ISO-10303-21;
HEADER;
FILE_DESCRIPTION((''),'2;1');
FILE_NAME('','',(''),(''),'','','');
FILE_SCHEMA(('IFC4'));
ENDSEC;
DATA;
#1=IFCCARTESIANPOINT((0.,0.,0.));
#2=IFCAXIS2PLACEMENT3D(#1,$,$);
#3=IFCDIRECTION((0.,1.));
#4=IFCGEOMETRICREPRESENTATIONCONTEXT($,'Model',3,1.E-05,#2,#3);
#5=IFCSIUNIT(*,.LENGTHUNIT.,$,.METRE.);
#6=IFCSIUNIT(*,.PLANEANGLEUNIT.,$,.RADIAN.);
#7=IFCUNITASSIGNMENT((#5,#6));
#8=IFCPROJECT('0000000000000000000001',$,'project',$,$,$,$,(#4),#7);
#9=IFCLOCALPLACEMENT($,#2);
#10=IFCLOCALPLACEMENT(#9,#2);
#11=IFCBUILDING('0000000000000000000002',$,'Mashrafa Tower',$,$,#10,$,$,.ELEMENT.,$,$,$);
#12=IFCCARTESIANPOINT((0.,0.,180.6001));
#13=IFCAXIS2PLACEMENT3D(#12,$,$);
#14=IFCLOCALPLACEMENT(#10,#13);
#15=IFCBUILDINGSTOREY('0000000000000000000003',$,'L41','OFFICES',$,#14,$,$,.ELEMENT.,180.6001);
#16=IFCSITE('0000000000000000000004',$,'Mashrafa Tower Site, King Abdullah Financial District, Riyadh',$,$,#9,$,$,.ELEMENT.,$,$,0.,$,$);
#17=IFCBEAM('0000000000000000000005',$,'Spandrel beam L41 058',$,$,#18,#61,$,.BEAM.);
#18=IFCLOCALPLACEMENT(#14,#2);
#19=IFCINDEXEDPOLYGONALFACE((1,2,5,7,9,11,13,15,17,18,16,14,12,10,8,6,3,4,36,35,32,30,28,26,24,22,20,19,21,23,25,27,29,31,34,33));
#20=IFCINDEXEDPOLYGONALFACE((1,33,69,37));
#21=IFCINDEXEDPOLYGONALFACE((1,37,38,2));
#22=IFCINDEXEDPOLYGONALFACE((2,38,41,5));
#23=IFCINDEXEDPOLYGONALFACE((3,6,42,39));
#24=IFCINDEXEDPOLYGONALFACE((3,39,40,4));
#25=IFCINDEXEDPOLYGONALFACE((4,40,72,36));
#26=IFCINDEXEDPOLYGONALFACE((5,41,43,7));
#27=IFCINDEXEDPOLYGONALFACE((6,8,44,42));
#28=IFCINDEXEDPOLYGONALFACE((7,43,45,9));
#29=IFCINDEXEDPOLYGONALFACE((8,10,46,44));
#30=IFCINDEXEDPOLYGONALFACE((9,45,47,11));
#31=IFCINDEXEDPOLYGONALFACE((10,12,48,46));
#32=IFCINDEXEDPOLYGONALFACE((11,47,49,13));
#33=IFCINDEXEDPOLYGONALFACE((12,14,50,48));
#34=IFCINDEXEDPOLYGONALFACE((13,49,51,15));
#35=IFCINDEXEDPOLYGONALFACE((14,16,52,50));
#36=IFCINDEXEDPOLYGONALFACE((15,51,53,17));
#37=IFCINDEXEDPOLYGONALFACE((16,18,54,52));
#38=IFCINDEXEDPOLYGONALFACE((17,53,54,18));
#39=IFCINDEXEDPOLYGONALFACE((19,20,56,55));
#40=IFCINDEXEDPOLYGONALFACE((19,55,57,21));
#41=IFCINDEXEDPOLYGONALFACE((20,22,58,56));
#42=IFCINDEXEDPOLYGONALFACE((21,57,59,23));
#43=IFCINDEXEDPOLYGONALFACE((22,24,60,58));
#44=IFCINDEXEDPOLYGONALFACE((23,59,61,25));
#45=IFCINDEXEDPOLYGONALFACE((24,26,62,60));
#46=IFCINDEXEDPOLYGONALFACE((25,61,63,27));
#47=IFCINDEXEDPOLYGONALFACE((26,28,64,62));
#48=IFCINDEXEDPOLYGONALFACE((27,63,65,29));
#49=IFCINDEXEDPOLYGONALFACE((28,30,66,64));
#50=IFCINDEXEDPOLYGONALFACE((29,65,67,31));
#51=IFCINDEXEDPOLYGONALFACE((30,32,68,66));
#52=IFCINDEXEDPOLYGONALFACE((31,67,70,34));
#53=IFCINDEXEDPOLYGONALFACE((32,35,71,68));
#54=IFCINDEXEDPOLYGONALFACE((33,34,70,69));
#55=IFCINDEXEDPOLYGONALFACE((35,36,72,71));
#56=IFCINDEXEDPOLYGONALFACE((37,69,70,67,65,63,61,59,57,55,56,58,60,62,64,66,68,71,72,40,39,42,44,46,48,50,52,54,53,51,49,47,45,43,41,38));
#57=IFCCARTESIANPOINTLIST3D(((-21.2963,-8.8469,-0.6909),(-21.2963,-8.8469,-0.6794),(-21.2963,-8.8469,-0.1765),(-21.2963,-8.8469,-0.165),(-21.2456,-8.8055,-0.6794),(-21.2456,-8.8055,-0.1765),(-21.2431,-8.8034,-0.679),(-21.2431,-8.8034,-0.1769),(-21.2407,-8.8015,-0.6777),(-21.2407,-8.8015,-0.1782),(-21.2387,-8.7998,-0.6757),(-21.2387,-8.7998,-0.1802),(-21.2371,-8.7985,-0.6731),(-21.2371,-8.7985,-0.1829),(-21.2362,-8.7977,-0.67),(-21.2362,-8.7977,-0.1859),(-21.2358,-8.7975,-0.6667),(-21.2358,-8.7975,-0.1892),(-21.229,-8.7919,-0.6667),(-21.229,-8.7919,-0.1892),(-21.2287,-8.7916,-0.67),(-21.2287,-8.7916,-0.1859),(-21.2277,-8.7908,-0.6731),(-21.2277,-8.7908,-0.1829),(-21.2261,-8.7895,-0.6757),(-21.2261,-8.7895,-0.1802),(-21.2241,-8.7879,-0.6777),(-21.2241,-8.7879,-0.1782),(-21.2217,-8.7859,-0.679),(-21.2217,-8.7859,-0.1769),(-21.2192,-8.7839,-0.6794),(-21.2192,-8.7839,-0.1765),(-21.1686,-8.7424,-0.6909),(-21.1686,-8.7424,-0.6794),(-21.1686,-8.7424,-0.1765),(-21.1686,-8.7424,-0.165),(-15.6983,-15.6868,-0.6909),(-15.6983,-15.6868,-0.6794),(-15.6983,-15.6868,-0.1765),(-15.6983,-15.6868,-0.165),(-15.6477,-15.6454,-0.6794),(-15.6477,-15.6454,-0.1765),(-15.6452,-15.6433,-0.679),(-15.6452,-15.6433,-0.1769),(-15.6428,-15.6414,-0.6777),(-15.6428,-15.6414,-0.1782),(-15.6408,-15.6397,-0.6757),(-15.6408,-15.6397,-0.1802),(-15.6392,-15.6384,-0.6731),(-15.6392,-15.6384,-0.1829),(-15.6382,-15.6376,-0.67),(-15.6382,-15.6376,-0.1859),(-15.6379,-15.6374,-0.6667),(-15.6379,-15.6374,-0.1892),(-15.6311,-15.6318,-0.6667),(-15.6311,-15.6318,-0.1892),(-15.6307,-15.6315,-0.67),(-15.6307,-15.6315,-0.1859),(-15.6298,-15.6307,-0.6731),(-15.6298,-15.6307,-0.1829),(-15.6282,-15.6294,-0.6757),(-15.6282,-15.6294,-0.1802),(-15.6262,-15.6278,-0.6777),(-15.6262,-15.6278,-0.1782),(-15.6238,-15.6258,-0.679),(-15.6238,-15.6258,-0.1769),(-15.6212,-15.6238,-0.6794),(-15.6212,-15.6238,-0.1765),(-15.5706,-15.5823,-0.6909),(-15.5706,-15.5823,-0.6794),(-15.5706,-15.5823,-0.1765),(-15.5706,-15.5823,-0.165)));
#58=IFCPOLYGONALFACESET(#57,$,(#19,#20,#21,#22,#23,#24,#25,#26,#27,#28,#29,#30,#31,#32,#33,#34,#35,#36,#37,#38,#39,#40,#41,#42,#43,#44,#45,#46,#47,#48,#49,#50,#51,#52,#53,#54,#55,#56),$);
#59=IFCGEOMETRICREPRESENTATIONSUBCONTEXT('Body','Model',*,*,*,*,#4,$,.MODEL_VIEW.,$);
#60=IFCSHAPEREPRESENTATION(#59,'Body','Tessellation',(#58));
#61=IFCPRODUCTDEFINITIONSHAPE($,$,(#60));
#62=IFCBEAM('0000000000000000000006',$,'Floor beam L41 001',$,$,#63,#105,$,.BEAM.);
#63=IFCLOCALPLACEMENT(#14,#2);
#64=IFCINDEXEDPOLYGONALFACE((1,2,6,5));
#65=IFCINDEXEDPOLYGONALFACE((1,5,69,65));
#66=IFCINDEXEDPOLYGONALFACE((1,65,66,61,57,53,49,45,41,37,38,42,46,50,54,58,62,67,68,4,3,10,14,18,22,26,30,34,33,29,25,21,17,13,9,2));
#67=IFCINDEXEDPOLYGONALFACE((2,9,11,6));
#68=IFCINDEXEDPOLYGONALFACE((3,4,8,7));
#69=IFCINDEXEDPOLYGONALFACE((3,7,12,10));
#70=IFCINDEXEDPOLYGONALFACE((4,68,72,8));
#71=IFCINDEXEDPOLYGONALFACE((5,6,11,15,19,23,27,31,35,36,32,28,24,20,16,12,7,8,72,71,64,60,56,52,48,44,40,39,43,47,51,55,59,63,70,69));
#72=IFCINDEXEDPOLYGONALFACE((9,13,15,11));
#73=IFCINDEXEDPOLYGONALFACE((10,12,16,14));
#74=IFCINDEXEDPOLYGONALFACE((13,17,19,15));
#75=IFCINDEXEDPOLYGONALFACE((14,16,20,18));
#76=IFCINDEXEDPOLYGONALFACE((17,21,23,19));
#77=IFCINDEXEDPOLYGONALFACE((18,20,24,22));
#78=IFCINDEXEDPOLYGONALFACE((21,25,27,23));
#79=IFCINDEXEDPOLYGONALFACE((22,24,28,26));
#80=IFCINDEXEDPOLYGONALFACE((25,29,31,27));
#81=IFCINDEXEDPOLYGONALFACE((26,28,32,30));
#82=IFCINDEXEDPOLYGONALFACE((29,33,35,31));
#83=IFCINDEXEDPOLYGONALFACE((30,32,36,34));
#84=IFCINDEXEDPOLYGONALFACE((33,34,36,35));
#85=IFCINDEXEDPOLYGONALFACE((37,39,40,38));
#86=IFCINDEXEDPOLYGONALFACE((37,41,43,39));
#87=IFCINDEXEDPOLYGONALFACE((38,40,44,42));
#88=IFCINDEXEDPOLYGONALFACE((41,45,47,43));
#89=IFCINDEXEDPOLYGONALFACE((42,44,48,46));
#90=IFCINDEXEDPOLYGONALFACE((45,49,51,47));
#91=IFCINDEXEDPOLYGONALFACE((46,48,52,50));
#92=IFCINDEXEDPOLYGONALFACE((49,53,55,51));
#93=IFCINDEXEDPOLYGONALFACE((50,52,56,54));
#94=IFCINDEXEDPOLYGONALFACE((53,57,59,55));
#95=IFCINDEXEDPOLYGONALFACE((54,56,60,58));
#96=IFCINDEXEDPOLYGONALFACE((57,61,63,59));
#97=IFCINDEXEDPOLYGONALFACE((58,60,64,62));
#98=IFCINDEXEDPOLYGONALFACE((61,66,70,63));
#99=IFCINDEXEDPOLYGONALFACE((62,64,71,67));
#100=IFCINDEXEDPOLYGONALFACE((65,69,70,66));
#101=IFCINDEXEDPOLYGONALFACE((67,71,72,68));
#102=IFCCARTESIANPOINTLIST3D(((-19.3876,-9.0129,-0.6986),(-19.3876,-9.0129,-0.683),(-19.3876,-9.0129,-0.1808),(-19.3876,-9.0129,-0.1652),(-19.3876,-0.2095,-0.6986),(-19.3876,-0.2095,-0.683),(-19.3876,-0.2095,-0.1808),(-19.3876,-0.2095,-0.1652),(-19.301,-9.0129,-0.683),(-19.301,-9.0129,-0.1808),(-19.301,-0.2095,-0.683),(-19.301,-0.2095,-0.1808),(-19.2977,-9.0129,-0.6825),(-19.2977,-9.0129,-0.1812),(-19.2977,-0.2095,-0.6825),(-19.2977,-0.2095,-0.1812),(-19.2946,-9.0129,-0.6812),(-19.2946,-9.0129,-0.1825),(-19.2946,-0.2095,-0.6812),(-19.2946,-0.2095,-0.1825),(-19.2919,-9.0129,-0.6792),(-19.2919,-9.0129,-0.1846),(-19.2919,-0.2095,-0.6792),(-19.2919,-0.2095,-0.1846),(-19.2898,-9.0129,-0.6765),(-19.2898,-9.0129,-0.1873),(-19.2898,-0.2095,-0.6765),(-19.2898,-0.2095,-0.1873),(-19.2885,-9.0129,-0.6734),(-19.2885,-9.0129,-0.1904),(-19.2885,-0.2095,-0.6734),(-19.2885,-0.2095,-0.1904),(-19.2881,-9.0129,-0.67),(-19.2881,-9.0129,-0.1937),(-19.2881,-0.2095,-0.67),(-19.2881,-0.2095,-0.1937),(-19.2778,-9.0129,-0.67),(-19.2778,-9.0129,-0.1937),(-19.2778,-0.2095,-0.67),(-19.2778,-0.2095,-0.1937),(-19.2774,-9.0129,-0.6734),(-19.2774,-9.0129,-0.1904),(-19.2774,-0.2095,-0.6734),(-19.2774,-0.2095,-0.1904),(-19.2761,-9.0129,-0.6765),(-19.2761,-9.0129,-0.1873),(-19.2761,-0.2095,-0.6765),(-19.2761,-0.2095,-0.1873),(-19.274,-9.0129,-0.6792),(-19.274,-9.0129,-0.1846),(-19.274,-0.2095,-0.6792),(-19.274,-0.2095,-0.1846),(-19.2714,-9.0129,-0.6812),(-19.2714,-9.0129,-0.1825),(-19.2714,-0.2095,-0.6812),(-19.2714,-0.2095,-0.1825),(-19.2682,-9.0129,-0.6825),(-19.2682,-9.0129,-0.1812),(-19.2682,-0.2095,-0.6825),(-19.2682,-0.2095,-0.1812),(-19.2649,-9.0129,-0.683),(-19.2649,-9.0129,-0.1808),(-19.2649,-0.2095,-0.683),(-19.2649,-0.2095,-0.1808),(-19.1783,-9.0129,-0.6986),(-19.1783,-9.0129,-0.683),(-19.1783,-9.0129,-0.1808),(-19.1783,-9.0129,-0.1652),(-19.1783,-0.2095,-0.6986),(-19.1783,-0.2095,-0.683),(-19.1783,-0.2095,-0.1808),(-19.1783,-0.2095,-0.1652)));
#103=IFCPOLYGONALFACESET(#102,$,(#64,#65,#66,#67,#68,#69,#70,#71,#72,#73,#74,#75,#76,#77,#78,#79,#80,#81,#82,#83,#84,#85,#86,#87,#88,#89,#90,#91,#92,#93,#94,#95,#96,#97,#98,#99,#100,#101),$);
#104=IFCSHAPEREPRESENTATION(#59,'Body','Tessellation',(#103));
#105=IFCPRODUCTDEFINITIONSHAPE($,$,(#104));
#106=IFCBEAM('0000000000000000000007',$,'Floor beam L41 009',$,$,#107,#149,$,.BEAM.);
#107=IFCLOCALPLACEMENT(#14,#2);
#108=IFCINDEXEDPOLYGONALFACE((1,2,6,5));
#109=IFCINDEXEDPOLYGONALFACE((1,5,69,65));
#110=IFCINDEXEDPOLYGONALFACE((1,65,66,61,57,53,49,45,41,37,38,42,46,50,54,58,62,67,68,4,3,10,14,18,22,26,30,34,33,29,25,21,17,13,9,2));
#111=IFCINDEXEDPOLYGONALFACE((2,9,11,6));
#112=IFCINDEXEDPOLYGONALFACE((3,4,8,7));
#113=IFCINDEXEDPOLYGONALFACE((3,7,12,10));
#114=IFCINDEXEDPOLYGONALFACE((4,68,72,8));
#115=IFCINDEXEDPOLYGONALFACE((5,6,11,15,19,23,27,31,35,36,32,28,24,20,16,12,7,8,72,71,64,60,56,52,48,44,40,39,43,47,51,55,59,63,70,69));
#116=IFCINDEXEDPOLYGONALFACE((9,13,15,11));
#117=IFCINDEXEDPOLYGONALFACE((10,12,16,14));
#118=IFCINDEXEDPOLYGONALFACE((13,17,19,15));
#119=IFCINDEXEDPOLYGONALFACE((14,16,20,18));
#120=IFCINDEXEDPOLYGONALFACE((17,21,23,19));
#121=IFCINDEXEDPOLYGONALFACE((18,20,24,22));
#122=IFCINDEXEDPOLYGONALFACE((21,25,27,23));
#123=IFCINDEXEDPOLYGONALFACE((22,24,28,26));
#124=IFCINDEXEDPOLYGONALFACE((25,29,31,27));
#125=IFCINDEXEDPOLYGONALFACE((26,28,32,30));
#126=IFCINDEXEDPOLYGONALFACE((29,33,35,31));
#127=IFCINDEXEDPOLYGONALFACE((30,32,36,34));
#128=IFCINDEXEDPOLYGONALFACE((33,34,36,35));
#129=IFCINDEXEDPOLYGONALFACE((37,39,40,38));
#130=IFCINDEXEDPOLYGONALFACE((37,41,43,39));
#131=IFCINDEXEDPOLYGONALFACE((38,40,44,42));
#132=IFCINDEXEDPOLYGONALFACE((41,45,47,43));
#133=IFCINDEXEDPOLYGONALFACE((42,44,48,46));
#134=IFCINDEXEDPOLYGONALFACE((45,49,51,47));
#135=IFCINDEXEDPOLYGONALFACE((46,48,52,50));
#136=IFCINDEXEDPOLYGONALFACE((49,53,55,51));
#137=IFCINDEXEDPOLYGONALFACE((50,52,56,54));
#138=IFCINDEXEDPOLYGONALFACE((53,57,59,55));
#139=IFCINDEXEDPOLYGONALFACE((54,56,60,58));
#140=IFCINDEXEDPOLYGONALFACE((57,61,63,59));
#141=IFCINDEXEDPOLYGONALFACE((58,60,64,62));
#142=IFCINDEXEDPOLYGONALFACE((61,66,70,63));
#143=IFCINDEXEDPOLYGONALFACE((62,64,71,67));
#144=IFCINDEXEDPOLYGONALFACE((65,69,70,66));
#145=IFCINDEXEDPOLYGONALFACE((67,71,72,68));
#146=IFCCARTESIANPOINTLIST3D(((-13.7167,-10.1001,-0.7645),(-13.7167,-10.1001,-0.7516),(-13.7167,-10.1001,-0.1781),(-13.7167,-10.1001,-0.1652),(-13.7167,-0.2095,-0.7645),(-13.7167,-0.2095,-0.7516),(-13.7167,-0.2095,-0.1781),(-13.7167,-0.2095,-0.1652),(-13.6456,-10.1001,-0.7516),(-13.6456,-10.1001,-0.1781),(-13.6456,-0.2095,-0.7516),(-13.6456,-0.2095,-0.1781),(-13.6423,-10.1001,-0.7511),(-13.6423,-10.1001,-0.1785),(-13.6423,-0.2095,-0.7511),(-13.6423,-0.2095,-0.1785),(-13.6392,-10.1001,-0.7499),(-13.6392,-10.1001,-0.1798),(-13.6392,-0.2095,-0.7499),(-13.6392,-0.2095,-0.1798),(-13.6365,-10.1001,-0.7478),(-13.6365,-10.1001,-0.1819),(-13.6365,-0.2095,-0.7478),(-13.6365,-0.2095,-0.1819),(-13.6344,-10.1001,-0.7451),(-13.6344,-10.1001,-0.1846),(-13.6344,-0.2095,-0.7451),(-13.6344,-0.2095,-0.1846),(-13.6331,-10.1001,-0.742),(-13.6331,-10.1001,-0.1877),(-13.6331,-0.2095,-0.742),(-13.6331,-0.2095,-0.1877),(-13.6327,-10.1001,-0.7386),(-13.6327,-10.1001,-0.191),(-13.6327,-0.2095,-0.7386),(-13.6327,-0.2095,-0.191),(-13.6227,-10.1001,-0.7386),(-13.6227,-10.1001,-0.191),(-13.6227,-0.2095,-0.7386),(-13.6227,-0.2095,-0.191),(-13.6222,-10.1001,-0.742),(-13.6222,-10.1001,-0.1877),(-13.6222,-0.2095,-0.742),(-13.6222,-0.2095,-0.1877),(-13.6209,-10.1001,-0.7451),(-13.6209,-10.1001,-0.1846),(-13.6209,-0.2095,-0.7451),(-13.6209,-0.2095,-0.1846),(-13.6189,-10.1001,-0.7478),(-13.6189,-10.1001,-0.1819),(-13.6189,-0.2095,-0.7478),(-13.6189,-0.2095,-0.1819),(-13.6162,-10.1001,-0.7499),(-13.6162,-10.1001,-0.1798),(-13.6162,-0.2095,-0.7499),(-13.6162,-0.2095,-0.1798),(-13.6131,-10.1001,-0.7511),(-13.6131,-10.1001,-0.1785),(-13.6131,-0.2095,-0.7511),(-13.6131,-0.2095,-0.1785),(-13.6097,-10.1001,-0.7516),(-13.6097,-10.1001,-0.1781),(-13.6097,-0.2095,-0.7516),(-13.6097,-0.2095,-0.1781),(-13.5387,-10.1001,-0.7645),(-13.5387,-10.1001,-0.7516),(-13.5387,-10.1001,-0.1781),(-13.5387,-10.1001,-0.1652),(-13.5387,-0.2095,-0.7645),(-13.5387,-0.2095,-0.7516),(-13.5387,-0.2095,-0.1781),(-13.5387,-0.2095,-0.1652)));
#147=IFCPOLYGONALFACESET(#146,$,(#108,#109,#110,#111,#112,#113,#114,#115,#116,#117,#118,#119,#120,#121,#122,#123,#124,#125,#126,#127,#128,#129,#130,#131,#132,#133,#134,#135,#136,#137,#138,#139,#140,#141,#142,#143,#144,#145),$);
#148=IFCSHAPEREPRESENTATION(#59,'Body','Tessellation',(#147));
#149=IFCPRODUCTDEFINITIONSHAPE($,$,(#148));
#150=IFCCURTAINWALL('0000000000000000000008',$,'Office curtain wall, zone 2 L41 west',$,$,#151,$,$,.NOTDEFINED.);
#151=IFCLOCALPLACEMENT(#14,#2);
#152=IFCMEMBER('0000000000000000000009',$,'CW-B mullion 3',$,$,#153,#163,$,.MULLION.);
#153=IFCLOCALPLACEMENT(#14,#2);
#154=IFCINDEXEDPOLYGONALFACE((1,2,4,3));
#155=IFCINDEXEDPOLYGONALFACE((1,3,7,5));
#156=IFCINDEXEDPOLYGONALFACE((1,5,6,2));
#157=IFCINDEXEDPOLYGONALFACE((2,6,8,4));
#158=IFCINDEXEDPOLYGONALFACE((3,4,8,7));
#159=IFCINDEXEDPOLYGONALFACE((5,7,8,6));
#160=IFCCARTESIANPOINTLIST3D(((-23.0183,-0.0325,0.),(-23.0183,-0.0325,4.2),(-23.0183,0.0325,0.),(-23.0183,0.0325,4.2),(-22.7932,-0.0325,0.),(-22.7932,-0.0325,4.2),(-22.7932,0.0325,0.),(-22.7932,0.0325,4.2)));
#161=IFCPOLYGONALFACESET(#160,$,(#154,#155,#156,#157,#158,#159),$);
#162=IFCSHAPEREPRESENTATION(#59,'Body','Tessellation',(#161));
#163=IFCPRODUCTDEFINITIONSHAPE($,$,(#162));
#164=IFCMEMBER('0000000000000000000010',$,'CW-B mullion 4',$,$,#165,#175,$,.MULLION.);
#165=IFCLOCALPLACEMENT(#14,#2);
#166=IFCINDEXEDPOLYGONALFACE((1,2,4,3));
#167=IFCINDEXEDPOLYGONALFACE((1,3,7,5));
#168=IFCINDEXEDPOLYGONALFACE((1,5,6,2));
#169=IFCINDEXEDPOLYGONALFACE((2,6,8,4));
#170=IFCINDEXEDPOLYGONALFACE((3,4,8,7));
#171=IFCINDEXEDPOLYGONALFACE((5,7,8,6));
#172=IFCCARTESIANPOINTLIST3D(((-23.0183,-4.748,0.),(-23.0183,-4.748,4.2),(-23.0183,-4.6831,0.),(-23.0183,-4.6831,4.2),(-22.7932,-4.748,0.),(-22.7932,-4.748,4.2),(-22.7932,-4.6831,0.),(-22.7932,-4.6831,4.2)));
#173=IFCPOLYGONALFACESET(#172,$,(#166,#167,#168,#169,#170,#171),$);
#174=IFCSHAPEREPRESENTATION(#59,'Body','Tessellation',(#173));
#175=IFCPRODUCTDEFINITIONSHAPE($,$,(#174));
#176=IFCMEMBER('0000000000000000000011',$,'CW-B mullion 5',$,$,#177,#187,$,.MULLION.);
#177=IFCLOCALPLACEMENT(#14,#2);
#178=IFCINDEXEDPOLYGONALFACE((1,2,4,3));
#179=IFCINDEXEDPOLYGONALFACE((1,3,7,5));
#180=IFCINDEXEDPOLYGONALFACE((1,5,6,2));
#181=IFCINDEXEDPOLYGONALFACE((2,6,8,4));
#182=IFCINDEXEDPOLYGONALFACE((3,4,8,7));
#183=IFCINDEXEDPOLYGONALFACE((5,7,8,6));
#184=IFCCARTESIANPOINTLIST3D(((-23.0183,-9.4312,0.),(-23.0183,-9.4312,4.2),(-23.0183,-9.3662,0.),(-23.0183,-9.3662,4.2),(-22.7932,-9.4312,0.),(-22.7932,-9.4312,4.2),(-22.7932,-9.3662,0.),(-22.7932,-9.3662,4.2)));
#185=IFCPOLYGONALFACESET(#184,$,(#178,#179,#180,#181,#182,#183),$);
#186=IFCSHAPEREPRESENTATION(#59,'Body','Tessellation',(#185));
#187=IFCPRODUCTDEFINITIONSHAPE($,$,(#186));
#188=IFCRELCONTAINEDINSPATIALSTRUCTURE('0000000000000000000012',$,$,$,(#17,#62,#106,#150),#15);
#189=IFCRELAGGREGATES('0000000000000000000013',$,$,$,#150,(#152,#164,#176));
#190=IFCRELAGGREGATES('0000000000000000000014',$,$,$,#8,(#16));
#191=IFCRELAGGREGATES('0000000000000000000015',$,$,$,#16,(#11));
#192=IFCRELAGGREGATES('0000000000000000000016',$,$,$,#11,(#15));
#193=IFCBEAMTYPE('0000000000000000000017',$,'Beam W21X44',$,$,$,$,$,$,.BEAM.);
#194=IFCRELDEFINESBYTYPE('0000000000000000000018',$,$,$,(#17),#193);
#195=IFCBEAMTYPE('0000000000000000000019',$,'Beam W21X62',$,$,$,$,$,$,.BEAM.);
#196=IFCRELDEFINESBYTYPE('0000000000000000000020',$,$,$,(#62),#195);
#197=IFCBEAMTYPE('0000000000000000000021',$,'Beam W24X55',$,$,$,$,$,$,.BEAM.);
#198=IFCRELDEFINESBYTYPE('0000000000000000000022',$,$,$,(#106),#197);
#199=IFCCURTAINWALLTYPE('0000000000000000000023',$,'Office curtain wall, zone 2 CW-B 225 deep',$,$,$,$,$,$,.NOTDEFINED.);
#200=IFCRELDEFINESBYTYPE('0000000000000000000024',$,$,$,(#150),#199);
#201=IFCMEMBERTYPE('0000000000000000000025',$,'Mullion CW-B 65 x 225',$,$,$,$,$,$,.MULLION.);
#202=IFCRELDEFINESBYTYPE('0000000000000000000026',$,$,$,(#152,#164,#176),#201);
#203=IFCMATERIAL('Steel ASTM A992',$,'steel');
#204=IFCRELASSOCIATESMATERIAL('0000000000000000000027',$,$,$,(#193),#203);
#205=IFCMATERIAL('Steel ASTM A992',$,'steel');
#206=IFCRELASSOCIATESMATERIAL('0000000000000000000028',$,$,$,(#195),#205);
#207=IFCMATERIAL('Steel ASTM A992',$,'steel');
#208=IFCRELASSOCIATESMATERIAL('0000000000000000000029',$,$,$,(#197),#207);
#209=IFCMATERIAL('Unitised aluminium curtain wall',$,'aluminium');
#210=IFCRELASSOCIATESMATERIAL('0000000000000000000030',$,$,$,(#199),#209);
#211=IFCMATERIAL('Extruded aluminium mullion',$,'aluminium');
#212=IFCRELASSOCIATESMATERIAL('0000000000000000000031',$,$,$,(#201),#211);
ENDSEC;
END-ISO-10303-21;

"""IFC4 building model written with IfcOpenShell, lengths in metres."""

from ifc_helpers import new_model, si_unit, direction, frame, origin, origin_2d, place, context, subcontext, project, spatial, rectangle, i_section, extrude, source, transform, mapped, material, material_profile, profile_set, type_object, type_shapes, element, aggregate, save


model = new_model("IFC4")

# Units and contexts
model_context = context("Model", 3, precision=1e-05, world=origin(), true_north=direction((0.0, 1.0)))
body_context = subcontext(model_context, "Body", "Model", "MODEL_VIEW")
ifc_project = project(units=[si_unit("LENGTHUNIT", "METRE"), si_unit("PLANEANGLEUNIT", "RADIAN")], contexts=[model_context])

# Site, building, storey
site_placement = place(None, origin())
site = spatial("IfcSite", under=ifc_project, at=site_placement, Name="Mashrafa Tower Site, King Abdullah Financial District, Riyadh", CompositionType="ELEMENT", RefElevation=0.0)
building_placement = place(site_placement, origin())
building = spatial("IfcBuilding", under=site, at=building_placement, Name="Mashrafa Tower", CompositionType="ELEMENT")
storey_placement = place(building_placement, frame((0.0, 0.0, 180.6001)))
storey = spatial("IfcBuildingStorey", under=building, at=storey_placement, Name="L41", Description="OFFICES", CompositionType="ELEMENT", Elevation=180.6001)

# Beams
ifc_material_1 = material(Name="Steel ASTM A992", Category="steel")
ifc_material_profile_1 = material_profile(ifc_material_1, i_section(OverallWidth=0.165, OverallDepth=0.5259, WebThickness=0.0088, FlangeThickness=0.0115, FilletRadius=0.0127, at=origin_2d()), Name="W21X44")
ifc_profile_set_1 = profile_set([ifc_material_profile_1], Name="Steel ASTM A992")
beam_type_1 = type_object("IfcBeamType", Name="Beam W21X44", PredefinedType="BEAM", material=ifc_profile_set_1)
beam_1_placement = place(storey_placement, frame((-21.2324, -8.7947, -0.428), z_axis=(0.633351, -0.773865, 0.0), x_axis=(0.773865, 0.633351, 0.0)))
element("IfcBeam", 1, at=beam_1_placement, inside=storey, type_object=beam_type_1, Name="Spandrel beam L41 058", PredefinedType="BEAM", context=body_context, shape_type="SweptSolid", body=[
    extrude(i_section(OverallWidth=0.165, OverallDepth=0.5259, WebThickness=0.0088, FlangeThickness=0.0115, FilletRadius=0.0127, at=origin_2d()), origin(), (0.0, 0.0, 1.0), 8.8386),
])
ifc_material_2 = material(Name="Steel ASTM A992", Category="steel")
ifc_material_profile_2 = material_profile(ifc_material_2, i_section(OverallWidth=0.2092, OverallDepth=0.5334, WebThickness=0.0103, FlangeThickness=0.0156, FilletRadius=0.0129, at=origin_2d()), Name="W21X62")
ifc_profile_set_2 = profile_set([ifc_material_profile_2], Name="Steel ASTM A992")
beam_type_2 = type_object("IfcBeamType", Name="Beam W21X62", PredefinedType="BEAM", material=ifc_profile_set_2)
beam_2_placement = place(storey_placement, frame((-19.283, -9.0129, -0.4319), z_axis=(0.0, 1.0, 0.0), x_axis=(-1.0, 0.0, 0.0)))
element("IfcBeam", 2, at=beam_2_placement, inside=storey, type_object=beam_type_2, Name="Floor beam L41 001", PredefinedType="BEAM", context=body_context, shape_type="SweptSolid", body=[
    extrude(i_section(OverallWidth=0.2092, OverallDepth=0.5334, WebThickness=0.0103, FlangeThickness=0.0156, FilletRadius=0.0129, at=origin_2d()), origin(), (0.0, 0.0, 1.0), 8.8035),
])
ifc_material_3 = material(Name="Steel ASTM A992", Category="steel")
ifc_material_profile_3 = material_profile(ifc_material_3, i_section(OverallWidth=0.178, OverallDepth=0.5994, WebThickness=0.01, FlangeThickness=0.0129, FilletRadius=0.0129, at=origin_2d()), Name="W24X55")
ifc_profile_set_3 = profile_set([ifc_material_profile_3], Name="Steel ASTM A992")
beam_type_3 = type_object("IfcBeamType", Name="Beam W24X55", PredefinedType="BEAM", material=ifc_profile_set_3)
beam_3_placement = place(storey_placement, frame((-13.6277, -10.1001, -0.4648), z_axis=(0.0, 1.0, 0.0), x_axis=(-1.0, 0.0, 0.0)))
element("IfcBeam", 3, at=beam_3_placement, inside=storey, type_object=beam_type_3, Name="Floor beam L41 009", PredefinedType="BEAM", context=body_context, shape_type="SweptSolid", body=[
    extrude(i_section(OverallWidth=0.178, OverallDepth=0.5994, WebThickness=0.01, FlangeThickness=0.0129, FilletRadius=0.0129, at=origin_2d()), origin(), (0.0, 0.0, 1.0), 9.8906),
])

# Curtain wall, members
ifc_material_4 = material(Name="Unitised aluminium curtain wall", Category="aluminium")
curtain_wall_type = type_object("IfcCurtainWallType", Name="Office curtain wall, zone 2 CW-B 225 deep", PredefinedType="NOTDEFINED", material=ifc_material_4)
curtain_wall_1_placement = place(storey_placement, origin())
curtain_wall_1 = element("IfcCurtainWall", 4, at=curtain_wall_1_placement, inside=storey, type_object=curtain_wall_type, Name="Office curtain wall, zone 2 L41 west", PredefinedType="NOTDEFINED")
ifc_material_5 = material(Name="Extruded aluminium mullion", Category="aluminium")
ifc_material_profile_4 = material_profile(ifc_material_5, rectangle(XDim=0.2251, YDim=0.0649, at=origin_2d()), Name="Mullion 65x225")
ifc_profile_set_4 = profile_set([ifc_material_profile_4], Name="Extruded aluminium mullion")
member_type_1 = type_object("IfcMemberType", Name="Mullion CW-B 65 x 225", PredefinedType="MULLION", material=ifc_profile_set_4)
shared_shape_1 = source(origin(), body_context, "Body", "SweptSolid", [
    extrude(rectangle(XDim=0.2251, YDim=0.0649, at=origin_2d()), origin(), (0.0, 0.0, 1.0), 4.2),
])
type_shapes(member_type_1, [shared_shape_1])
member_1_placement = place(storey_placement, frame((-22.9058, 0.0, 0.0), z_axis=(0.0, 0.0, 1.0), x_axis=(1.0, 0.0, 0.0)))
member_1 = element("IfcMember", 5, at=member_1_placement, type_object=member_type_1, Name="CW-B mullion 3", PredefinedType="MULLION", context=body_context, shape_type="MappedRepresentation", body=[
    mapped(shared_shape_1, transform((0.0, 0.0, 0.0))),
])
member_2_placement = place(storey_placement, frame((-22.9058, -4.7156, 0.0), z_axis=(0.0, 0.0, 1.0), x_axis=(1.0, 0.0, 0.0)))
member_2 = element("IfcMember", 6, at=member_2_placement, type_object=member_type_1, Name="CW-B mullion 4", PredefinedType="MULLION", context=body_context, shape_type="MappedRepresentation", body=[
    mapped(shared_shape_1, transform((0.0, 0.0, 0.0))),
])
member_3_placement = place(storey_placement, frame((-22.9058, -9.3987, 0.0), z_axis=(0.0, 0.0, 1.0), x_axis=(1.0, 0.0, 0.0)))
member_3 = element("IfcMember", 7, at=member_3_placement, type_object=member_type_1, Name="CW-B mullion 5", PredefinedType="MULLION", context=body_context, shape_type="MappedRepresentation", body=[
    mapped(shared_shape_1, transform((0.0, 0.0, 0.0))),
])

aggregate(curtain_wall_1, [member_1, member_2, member_3])

save(model, "model.ifc")
